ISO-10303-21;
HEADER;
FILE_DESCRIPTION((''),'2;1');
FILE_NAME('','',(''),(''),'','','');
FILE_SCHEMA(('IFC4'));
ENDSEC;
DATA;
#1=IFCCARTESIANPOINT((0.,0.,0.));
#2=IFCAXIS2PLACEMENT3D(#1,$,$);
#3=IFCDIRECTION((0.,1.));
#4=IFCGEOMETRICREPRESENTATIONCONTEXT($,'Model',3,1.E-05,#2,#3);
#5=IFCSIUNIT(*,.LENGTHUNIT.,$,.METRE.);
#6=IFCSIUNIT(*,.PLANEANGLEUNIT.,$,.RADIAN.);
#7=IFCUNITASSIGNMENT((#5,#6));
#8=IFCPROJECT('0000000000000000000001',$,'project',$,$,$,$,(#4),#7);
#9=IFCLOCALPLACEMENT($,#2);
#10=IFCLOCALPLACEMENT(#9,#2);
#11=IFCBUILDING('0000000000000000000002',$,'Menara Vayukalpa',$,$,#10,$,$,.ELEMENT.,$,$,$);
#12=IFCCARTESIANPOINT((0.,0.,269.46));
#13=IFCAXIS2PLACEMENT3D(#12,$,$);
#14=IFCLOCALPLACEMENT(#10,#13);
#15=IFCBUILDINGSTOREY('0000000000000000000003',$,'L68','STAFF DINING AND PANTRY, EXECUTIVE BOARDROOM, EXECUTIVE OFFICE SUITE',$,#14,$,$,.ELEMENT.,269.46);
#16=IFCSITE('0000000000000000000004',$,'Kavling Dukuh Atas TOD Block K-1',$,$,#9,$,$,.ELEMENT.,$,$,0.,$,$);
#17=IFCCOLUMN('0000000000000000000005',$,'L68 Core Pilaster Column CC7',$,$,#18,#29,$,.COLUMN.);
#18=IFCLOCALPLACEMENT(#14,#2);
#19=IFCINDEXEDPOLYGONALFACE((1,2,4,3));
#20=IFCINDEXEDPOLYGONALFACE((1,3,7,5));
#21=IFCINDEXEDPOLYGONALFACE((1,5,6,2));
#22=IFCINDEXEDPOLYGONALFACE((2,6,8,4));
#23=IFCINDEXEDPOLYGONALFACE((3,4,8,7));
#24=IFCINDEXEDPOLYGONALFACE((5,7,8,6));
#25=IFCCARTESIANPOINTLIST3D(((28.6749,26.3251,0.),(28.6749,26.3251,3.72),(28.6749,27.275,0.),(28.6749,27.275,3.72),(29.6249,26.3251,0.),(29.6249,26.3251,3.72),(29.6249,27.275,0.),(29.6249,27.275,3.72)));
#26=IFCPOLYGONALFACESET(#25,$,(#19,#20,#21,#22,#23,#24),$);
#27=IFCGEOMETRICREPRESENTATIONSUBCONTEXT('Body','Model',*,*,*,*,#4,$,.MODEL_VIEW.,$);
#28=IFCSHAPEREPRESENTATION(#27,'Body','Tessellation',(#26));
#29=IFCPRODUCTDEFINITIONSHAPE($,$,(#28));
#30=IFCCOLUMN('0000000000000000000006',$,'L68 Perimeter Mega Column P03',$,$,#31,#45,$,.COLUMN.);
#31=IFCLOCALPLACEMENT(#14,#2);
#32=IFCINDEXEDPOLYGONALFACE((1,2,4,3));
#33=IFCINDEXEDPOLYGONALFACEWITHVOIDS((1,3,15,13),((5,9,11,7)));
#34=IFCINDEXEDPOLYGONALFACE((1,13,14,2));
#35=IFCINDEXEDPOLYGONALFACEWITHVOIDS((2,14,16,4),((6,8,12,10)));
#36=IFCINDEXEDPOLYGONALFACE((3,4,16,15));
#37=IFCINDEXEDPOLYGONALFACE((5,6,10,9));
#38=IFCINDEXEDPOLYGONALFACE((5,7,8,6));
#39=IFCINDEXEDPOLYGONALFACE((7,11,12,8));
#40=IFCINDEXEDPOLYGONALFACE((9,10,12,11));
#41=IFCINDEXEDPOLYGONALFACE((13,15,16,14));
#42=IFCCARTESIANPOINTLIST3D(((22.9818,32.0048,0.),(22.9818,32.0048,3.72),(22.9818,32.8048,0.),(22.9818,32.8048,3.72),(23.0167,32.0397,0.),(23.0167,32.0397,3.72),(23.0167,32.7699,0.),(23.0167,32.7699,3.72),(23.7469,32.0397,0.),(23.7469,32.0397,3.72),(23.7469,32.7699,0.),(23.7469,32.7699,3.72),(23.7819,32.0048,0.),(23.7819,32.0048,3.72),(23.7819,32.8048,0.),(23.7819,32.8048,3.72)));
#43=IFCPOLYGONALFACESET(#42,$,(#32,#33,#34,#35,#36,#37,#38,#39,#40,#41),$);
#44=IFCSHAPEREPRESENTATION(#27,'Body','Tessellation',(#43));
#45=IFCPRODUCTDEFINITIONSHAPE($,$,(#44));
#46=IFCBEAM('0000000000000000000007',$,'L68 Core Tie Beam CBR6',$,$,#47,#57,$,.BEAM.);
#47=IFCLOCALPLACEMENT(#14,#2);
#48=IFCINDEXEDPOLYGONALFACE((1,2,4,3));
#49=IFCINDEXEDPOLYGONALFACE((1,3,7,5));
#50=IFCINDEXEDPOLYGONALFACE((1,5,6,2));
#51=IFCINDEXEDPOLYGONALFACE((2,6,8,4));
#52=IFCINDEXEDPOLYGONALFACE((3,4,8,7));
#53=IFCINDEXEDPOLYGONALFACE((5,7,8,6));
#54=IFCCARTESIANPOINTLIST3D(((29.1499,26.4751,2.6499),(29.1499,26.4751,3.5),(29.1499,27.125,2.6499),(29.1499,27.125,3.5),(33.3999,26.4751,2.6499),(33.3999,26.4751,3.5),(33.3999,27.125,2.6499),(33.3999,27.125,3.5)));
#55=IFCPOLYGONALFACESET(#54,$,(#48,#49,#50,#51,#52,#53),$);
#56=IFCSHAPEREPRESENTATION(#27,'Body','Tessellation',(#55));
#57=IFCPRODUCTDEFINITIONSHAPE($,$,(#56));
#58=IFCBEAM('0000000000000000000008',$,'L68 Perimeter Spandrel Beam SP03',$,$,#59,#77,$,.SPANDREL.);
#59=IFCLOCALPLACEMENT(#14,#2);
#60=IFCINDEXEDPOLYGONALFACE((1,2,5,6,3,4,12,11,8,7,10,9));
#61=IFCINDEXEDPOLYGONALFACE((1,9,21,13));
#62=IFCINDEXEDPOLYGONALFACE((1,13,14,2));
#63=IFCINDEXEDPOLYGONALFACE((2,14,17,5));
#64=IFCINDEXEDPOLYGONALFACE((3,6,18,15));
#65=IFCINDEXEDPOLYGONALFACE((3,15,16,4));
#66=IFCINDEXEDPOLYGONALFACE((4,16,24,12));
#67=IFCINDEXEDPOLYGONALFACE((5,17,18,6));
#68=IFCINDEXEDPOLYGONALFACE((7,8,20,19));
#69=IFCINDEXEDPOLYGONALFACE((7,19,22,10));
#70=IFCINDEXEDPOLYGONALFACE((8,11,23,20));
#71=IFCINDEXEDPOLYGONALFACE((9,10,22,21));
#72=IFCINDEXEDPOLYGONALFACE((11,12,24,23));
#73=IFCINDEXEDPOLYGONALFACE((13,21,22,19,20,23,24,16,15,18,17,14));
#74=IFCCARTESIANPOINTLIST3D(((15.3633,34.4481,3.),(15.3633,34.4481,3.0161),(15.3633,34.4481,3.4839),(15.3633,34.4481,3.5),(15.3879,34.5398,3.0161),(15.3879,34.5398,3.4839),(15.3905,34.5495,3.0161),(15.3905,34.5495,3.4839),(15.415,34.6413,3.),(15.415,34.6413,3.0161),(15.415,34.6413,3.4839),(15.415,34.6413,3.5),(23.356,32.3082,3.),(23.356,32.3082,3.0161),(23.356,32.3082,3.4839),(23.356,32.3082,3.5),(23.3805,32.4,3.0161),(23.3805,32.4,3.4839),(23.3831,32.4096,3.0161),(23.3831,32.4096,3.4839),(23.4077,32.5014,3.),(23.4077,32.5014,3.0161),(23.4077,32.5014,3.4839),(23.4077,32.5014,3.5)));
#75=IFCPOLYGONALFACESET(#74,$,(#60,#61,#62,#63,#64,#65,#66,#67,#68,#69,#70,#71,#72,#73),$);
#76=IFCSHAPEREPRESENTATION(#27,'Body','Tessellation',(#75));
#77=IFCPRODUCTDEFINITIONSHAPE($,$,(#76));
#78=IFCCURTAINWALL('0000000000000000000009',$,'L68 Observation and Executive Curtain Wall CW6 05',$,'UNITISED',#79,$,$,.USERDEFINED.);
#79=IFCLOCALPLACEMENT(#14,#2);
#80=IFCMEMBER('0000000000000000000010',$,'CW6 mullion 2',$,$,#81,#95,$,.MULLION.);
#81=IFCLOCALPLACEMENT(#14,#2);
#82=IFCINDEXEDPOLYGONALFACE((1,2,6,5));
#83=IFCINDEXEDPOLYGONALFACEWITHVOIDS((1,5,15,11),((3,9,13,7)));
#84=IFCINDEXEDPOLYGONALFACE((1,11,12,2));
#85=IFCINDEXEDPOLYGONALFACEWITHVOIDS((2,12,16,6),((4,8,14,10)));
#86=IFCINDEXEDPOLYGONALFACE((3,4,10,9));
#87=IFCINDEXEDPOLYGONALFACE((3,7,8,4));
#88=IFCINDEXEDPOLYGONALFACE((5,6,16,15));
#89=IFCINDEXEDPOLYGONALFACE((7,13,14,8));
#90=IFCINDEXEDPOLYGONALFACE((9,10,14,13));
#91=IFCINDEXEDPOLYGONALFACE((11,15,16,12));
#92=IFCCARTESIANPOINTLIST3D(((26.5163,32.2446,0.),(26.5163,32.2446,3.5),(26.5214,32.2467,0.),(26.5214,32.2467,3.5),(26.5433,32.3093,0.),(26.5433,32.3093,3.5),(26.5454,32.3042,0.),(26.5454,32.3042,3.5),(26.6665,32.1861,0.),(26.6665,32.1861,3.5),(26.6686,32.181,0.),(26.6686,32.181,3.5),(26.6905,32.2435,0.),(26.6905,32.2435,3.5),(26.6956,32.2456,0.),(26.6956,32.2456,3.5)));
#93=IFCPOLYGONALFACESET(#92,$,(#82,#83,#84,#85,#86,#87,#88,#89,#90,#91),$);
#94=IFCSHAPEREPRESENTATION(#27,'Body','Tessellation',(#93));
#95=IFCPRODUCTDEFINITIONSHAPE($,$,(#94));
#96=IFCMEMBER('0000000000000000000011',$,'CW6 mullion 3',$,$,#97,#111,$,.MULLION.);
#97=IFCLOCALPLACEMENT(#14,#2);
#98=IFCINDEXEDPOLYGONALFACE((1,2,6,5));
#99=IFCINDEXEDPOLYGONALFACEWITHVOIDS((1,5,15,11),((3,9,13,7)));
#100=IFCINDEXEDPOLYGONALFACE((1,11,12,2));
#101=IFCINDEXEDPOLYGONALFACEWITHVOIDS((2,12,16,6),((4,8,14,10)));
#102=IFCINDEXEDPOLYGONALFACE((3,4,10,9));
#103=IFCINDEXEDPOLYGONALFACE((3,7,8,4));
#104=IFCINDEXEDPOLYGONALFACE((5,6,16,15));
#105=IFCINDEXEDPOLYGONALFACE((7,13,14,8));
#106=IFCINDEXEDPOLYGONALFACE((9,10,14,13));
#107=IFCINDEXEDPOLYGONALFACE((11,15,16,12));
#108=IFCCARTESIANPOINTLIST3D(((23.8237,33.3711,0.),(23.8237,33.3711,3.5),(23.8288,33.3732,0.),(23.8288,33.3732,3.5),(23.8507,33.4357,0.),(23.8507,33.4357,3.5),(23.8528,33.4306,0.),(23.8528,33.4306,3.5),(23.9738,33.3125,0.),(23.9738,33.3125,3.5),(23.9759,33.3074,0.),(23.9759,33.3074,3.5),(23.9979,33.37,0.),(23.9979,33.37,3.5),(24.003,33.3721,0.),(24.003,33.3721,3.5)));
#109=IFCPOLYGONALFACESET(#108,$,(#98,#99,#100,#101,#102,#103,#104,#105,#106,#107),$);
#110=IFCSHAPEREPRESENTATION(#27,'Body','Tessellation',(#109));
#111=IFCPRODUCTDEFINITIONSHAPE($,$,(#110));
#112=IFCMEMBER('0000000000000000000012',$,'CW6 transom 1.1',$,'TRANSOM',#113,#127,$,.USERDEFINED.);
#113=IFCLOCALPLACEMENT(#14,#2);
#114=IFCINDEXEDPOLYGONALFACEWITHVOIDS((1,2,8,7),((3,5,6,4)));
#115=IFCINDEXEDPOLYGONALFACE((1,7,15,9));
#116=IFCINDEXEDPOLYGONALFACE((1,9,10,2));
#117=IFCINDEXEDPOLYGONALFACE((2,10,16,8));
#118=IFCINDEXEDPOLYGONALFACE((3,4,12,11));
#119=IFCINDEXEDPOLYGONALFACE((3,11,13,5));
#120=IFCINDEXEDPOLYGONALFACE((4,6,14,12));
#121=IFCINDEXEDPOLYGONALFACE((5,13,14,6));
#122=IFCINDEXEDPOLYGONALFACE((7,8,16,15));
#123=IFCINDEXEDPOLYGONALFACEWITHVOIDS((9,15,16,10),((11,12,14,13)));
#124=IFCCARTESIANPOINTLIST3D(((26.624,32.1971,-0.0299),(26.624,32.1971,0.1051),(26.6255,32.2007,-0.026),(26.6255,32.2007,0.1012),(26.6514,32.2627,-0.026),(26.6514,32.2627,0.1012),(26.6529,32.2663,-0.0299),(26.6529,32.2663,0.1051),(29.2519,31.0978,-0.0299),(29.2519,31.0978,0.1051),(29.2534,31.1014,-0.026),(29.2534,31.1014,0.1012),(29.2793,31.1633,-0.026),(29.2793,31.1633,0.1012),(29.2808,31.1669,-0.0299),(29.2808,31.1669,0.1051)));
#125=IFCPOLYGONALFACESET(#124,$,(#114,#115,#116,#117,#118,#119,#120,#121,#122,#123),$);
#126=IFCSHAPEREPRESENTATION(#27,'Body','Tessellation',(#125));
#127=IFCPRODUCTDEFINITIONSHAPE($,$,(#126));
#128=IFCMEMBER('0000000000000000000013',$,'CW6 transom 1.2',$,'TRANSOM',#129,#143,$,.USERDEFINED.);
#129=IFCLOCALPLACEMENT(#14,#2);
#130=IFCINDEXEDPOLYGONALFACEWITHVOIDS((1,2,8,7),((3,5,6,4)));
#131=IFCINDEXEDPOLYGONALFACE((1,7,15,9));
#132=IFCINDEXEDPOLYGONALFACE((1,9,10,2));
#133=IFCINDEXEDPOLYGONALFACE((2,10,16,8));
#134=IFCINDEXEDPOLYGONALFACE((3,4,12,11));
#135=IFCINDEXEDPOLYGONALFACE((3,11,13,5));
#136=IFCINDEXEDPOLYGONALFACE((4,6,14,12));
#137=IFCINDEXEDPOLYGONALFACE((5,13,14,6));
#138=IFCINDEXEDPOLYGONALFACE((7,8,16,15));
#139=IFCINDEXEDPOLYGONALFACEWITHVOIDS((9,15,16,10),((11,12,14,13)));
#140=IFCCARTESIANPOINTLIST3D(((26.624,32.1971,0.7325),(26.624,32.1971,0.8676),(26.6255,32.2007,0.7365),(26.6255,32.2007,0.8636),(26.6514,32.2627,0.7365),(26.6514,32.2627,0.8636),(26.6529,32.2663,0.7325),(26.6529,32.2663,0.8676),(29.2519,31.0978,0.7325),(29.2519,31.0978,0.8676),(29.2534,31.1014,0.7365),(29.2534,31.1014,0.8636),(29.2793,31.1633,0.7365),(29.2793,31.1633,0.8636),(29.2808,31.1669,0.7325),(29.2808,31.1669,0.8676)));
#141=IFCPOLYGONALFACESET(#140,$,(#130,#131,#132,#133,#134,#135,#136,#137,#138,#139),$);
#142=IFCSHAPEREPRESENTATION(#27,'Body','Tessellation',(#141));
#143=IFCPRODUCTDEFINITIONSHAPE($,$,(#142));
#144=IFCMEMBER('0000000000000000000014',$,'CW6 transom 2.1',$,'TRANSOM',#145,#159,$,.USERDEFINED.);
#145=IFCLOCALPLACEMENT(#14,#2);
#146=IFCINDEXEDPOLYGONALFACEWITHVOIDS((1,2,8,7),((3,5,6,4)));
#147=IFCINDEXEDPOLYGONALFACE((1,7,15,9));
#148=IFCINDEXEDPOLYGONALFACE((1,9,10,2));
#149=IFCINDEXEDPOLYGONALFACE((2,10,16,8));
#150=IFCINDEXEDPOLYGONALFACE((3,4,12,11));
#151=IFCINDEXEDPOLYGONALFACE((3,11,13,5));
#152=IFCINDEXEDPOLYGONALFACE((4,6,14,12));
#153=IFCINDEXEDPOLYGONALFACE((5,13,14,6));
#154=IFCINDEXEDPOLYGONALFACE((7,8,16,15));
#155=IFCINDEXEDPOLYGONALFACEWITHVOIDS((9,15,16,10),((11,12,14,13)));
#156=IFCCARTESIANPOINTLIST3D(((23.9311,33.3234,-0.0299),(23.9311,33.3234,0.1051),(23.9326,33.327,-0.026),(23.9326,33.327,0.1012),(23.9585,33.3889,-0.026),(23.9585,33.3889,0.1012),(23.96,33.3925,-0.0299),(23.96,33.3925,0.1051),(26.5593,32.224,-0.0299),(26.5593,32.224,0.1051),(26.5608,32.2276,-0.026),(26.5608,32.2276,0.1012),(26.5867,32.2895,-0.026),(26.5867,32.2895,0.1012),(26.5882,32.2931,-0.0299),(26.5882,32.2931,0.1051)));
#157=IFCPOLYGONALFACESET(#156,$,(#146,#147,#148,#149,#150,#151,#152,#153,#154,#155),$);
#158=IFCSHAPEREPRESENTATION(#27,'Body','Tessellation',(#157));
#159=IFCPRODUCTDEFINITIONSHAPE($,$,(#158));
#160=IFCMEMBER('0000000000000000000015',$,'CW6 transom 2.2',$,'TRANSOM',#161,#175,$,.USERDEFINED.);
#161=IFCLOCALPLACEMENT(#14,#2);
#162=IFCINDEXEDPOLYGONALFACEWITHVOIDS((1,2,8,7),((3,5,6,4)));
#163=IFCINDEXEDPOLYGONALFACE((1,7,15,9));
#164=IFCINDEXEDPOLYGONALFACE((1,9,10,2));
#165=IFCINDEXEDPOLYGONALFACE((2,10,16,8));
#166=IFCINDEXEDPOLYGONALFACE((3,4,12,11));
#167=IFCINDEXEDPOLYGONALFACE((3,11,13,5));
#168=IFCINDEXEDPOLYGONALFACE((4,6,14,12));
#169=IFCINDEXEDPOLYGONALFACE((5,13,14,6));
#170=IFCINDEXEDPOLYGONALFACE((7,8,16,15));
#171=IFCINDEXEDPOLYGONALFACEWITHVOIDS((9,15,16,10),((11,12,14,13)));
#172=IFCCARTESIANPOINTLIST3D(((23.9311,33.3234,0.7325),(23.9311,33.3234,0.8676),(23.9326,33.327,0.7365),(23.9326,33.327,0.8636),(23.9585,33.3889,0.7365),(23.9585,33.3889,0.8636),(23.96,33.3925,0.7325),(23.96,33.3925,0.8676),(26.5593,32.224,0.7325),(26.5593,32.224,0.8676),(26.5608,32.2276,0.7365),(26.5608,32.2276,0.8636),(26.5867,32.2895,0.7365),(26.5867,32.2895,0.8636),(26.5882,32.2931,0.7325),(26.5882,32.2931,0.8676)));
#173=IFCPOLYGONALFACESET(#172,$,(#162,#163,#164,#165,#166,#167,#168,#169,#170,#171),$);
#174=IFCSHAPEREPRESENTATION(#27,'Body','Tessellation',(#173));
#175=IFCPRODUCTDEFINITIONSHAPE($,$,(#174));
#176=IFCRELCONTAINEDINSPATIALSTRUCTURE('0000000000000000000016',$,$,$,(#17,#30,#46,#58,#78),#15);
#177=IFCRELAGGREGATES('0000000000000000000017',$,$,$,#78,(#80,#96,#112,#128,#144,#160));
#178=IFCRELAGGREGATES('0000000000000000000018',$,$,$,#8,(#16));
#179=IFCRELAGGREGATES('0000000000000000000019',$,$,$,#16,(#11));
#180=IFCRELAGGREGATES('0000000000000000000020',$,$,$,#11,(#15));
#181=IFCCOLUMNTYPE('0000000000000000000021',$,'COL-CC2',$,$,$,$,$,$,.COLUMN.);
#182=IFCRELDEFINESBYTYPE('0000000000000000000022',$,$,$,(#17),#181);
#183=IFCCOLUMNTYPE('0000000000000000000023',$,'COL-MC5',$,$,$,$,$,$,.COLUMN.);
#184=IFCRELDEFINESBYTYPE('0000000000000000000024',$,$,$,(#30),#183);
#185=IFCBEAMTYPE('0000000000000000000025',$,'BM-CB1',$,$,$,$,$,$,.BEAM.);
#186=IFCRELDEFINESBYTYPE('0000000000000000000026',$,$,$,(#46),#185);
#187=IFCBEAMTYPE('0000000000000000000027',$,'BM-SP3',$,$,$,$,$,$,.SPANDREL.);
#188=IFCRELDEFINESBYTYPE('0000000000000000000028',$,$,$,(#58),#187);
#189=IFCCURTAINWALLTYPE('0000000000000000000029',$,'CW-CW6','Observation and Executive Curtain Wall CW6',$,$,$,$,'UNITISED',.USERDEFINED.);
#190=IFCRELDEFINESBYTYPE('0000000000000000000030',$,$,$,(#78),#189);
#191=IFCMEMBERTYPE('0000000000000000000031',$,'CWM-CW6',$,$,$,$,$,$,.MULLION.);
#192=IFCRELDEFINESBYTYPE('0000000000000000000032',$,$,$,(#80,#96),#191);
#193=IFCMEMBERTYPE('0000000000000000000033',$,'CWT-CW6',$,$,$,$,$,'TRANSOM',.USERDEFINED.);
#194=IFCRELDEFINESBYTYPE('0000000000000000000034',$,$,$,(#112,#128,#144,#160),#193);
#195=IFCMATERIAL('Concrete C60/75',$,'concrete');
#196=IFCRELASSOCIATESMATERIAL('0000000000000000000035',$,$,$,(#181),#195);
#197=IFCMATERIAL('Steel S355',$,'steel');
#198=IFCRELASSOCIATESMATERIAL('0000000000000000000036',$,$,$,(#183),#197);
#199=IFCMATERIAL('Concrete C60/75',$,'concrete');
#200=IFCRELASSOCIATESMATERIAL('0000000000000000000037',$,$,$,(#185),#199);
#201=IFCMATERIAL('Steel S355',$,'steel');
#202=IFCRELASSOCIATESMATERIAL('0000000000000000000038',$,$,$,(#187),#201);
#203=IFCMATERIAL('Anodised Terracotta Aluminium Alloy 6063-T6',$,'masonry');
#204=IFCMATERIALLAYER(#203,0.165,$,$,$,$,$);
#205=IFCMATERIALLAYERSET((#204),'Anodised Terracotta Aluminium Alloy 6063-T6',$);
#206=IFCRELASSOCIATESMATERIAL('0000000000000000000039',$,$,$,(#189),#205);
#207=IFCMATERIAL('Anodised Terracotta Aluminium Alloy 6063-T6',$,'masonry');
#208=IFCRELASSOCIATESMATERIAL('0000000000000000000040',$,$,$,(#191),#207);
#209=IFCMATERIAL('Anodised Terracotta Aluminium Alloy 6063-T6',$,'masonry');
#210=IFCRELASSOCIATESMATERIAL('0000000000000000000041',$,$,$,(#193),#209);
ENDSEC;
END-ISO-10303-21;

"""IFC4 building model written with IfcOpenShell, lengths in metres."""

from ifc_helpers import new_model, si_unit, direction, frame, origin, origin_2d, place, context, subcontext, project, spatial, rectangle, hollow_rectangle, i_section, extrude, material, layer, layer_set, material_profile, profile_set, type_object, element, aggregate, save


model = new_model("IFC4")

# Units and contexts
model_context = context("Model", 3, precision=1e-05, world=origin(), true_north=direction((0.0, 1.0)))
body_context = subcontext(model_context, "Body", "Model", "MODEL_VIEW")
ifc_project = project(units=[si_unit("LENGTHUNIT", "METRE"), si_unit("PLANEANGLEUNIT", "RADIAN")], contexts=[model_context])

# Site, building, storey
site_placement = place(None, origin())
site = spatial("IfcSite", under=ifc_project, at=site_placement, Name="Kavling Dukuh Atas TOD Block K-1", CompositionType="ELEMENT", RefElevation=0.0)
building_placement = place(site_placement, origin())
building = spatial("IfcBuilding", under=site, at=building_placement, Name="Menara Vayukalpa", CompositionType="ELEMENT")
storey_placement = place(building_placement, frame((0.0, 0.0, 269.46)))
storey = spatial("IfcBuildingStorey", under=building, at=storey_placement, Name="L68", Description="STAFF DINING AND PANTRY, EXECUTIVE BOARDROOM, EXECUTIVE OFFICE SUITE", CompositionType="ELEMENT", Elevation=269.46)

# Columns
ifc_material_1 = material(Name="Concrete C60/75", Category="concrete")
ifc_material_profile_1 = material_profile(ifc_material_1, rectangle(XDim=0.95, YDim=0.95, at=origin_2d()), Name="RC 950x950")
ifc_profile_set_1 = profile_set([ifc_material_profile_1], Name="Concrete C60/75")
column_type_1 = type_object("IfcColumnType", Name="COL-CC2", PredefinedType="COLUMN", material=ifc_profile_set_1)
column_1_placement = place(storey_placement, frame((29.1499, 26.8, 0.0), z_axis=(0.0, 0.0, 1.0), x_axis=(1.0, 0.0, 0.0)))
element("IfcColumn", 1, at=column_1_placement, inside=storey, type_object=column_type_1, Name="L68 Core Pilaster Column CC7", PredefinedType="COLUMN", context=body_context, shape_type="SweptSolid", body=[
    extrude(rectangle(XDim=0.95, YDim=0.95, at=origin_2d()), origin(), (0.0, 0.0, 1.0), 3.72),
])
ifc_material_2 = material(Name="Steel S355", Category="steel")
ifc_material_profile_2 = material_profile(ifc_material_2, hollow_rectangle(XDim=0.8, YDim=0.8, WallThickness=0.0349, at=origin_2d()), Name="BOX 800x800x35")
ifc_profile_set_2 = profile_set([ifc_material_profile_2], Name="Steel S355")
column_type_2 = type_object("IfcColumnType", Name="COL-MC5", PredefinedType="COLUMN", material=ifc_profile_set_2)
column_2_placement = place(storey_placement, frame((23.3818, 32.4048, 0.0), z_axis=(0.0, 0.0, 1.0), x_axis=(1.0, 0.0, 0.0)))
element("IfcColumn", 2, at=column_2_placement, inside=storey, type_object=column_type_2, Name="L68 Perimeter Mega Column P03", PredefinedType="COLUMN", context=body_context, shape_type="SweptSolid", body=[
    extrude(hollow_rectangle(XDim=0.8, YDim=0.8, WallThickness=0.0349, at=origin_2d()), origin(), (0.0, 0.0, 1.0), 3.72),
])

# Beams
ifc_material_3 = material(Name="Concrete C60/75", Category="concrete")
ifc_material_profile_3 = material_profile(ifc_material_3, rectangle(XDim=0.6499, YDim=0.8501, at=origin_2d()), Name="RC 650x850")
ifc_profile_set_3 = profile_set([ifc_material_profile_3], Name="Concrete C60/75")
beam_type_1 = type_object("IfcBeamType", Name="BM-CB1", PredefinedType="BEAM", material=ifc_profile_set_3)
beam_1_placement = place(storey_placement, frame((29.1499, 26.8, 3.075), z_axis=(1.0, 0.0, 0.0), x_axis=(0.0, 1.0, 0.0)))
element("IfcBeam", 3, at=beam_1_placement, inside=storey, type_object=beam_type_1, Name="L68 Core Tie Beam CBR6", PredefinedType="BEAM", context=body_context, shape_type="SweptSolid", body=[
    extrude(rectangle(XDim=0.6499, YDim=0.8501, at=origin_2d()), origin(), (0.0, 0.0, 1.0), 4.25),
])
ifc_material_4 = material(Name="Steel S355", Category="steel")
ifc_material_profile_4 = material_profile(ifc_material_4, i_section(OverallWidth=0.2, OverallDepth=0.5, WebThickness=0.01, FlangeThickness=0.0161, at=origin_2d()), Name="WF 500x200x10x16")
ifc_profile_set_4 = profile_set([ifc_material_profile_4], Name="Steel S355")
beam_type_2 = type_object("IfcBeamType", Name="BM-SP3", PredefinedType="SPANDREL", material=ifc_profile_set_4)
beam_2_placement = place(storey_placement, frame((23.3818, 32.4048, 3.25), z_axis=(-0.965978, 0.258623, 0.0), x_axis=(-0.258623, -0.965978, 0.0)))
element("IfcBeam", 4, at=beam_2_placement, inside=storey, type_object=beam_type_2, Name="L68 Perimeter Spandrel Beam SP03", PredefinedType="SPANDREL", context=body_context, shape_type="SweptSolid", body=[
    extrude(i_section(OverallWidth=0.2, OverallDepth=0.5, WebThickness=0.01, FlangeThickness=0.0161, at=origin_2d()), origin(), (0.0, 0.0, 1.0), 8.2742),
])

# Curtain wall, members
ifc_material_5 = material(Name="Anodised Terracotta Aluminium Alloy 6063-T6", Category="masonry")
ifc_layer_1 = layer(ifc_material_5, 0.165)
ifc_layer_set_1 = layer_set([ifc_layer_1], Name="Anodised Terracotta Aluminium Alloy 6063-T6")
curtain_wall_type = type_object("IfcCurtainWallType", Name="CW-CW6", Description="Observation and Executive Curtain Wall CW6", ElementType="UNITISED", PredefinedType="USERDEFINED", material=ifc_layer_set_1)
curtain_wall_placement = place(storey_placement, origin())
curtain_wall = element("IfcCurtainWall", 5, at=curtain_wall_placement, inside=storey, type_object=curtain_wall_type, Name="L68 Observation and Executive Curtain Wall CW6 05", ObjectType="UNITISED", PredefinedType="USERDEFINED")
ifc_material_6 = material(Name="Anodised Terracotta Aluminium Alloy 6063-T6", Category="masonry")
ifc_material_profile_5 = material_profile(ifc_material_6, hollow_rectangle(XDim=0.0701, YDim=0.165, WallThickness=0.0039, at=origin_2d()), Name="ALU 70x165x4")
ifc_profile_set_5 = profile_set([ifc_material_profile_5], Name="Anodised Terracotta Aluminium Alloy 6063-T6")
member_type_1 = type_object("IfcMemberType", Name="CWM-CW6", PredefinedType="MULLION", material=ifc_profile_set_5)
member_1_placement = place(storey_placement, frame((26.606, 32.2451, 0.0), z_axis=(0.0, 0.0, 1.0), x_axis=(-0.3859, -0.922541, 0.0)))
member_1 = element("IfcMember", 6, at=member_1_placement, type_object=member_type_1, Name="CW6 mullion 2", PredefinedType="MULLION", context=body_context, shape_type="SweptSolid", body=[
    extrude(hollow_rectangle(XDim=0.0701, YDim=0.165, WallThickness=0.0039, at=origin_2d()), origin(), (0.0, 0.0, 1.0), 3.5),
])
member_2_placement = place(storey_placement, frame((23.9133, 33.3716, 0.0), z_axis=(0.0, 0.0, 1.0), x_axis=(-0.3859, -0.922541, 0.0)))
member_2 = element("IfcMember", 7, at=member_2_placement, type_object=member_type_1, Name="CW6 mullion 3", PredefinedType="MULLION", context=body_context, shape_type="SweptSolid", body=[
    extrude(hollow_rectangle(XDim=0.0701, YDim=0.165, WallThickness=0.0039, at=origin_2d()), origin(), (0.0, 0.0, 1.0), 3.5),
])
ifc_material_7 = material(Name="Anodised Terracotta Aluminium Alloy 6063-T6", Category="masonry")
ifc_material_profile_6 = material_profile(ifc_material_7, hollow_rectangle(XDim=0.075, YDim=0.135, WallThickness=0.0039, at=origin_2d()), Name="ALU 75x135x4")
ifc_profile_set_6 = profile_set([ifc_material_profile_6], Name="Anodised Terracotta Aluminium Alloy 6063-T6")
member_type_2 = type_object("IfcMemberType", Name="CWT-CW6", ElementType="TRANSOM", PredefinedType="USERDEFINED", material=ifc_profile_set_6)
member_3_placement = place(storey_placement, frame((29.2664, 31.1323, 0.0376), z_axis=(-0.922528, 0.385929, 0.0), x_axis=(-0.385929, -0.922528, 0.0)))
member_3 = element("IfcMember", 8, at=member_3_placement, type_object=member_type_2, Name="CW6 transom 1.1", ObjectType="TRANSOM", PredefinedType="USERDEFINED", context=body_context, shape_type="SweptSolid", body=[
    extrude(hollow_rectangle(XDim=0.075, YDim=0.135, WallThickness=0.0039, at=origin_2d()), origin(), (0.0, 0.0, 1.0), 2.8486),
])
member_4_placement = place(storey_placement, frame((29.2664, 31.1323, 0.8), z_axis=(-0.922528, 0.385929, 0.0), x_axis=(-0.385929, -0.922528, 0.0)))
member_4 = element("IfcMember", 9, at=member_4_placement, type_object=member_type_2, Name="CW6 transom 1.2", ObjectType="TRANSOM", PredefinedType="USERDEFINED", context=body_context, shape_type="SweptSolid", body=[
    extrude(hollow_rectangle(XDim=0.075, YDim=0.135, WallThickness=0.0039, at=origin_2d()), origin(), (0.0, 0.0, 1.0), 2.8486),
])
member_5_placement = place(storey_placement, frame((26.5737, 32.2585, 0.0376), z_axis=(-0.922541, 0.385899, 0.0), x_axis=(-0.385899, -0.922541, 0.0)))
member_5 = element("IfcMember", 10, at=member_5_placement, type_object=member_type_2, Name="CW6 transom 2.1", ObjectType="TRANSOM", PredefinedType="USERDEFINED", context=body_context, shape_type="SweptSolid", body=[
    extrude(hollow_rectangle(XDim=0.075, YDim=0.135, WallThickness=0.0039, at=origin_2d()), origin(), (0.0, 0.0, 1.0), 2.8489),
])
member_6_placement = place(storey_placement, frame((26.5737, 32.2585, 0.8), z_axis=(-0.922541, 0.385899, 0.0), x_axis=(-0.385899, -0.922541, 0.0)))
member_6 = element("IfcMember", 11, at=member_6_placement, type_object=member_type_2, Name="CW6 transom 2.2", ObjectType="TRANSOM", PredefinedType="USERDEFINED", context=body_context, shape_type="SweptSolid", body=[
    extrude(hollow_rectangle(XDim=0.075, YDim=0.135, WallThickness=0.0039, at=origin_2d()), origin(), (0.0, 0.0, 1.0), 2.8489),
])
aggregate(curtain_wall, [member_1, member_2, member_3, member_4, member_5, member_6])

save(model, "model.ifc")
